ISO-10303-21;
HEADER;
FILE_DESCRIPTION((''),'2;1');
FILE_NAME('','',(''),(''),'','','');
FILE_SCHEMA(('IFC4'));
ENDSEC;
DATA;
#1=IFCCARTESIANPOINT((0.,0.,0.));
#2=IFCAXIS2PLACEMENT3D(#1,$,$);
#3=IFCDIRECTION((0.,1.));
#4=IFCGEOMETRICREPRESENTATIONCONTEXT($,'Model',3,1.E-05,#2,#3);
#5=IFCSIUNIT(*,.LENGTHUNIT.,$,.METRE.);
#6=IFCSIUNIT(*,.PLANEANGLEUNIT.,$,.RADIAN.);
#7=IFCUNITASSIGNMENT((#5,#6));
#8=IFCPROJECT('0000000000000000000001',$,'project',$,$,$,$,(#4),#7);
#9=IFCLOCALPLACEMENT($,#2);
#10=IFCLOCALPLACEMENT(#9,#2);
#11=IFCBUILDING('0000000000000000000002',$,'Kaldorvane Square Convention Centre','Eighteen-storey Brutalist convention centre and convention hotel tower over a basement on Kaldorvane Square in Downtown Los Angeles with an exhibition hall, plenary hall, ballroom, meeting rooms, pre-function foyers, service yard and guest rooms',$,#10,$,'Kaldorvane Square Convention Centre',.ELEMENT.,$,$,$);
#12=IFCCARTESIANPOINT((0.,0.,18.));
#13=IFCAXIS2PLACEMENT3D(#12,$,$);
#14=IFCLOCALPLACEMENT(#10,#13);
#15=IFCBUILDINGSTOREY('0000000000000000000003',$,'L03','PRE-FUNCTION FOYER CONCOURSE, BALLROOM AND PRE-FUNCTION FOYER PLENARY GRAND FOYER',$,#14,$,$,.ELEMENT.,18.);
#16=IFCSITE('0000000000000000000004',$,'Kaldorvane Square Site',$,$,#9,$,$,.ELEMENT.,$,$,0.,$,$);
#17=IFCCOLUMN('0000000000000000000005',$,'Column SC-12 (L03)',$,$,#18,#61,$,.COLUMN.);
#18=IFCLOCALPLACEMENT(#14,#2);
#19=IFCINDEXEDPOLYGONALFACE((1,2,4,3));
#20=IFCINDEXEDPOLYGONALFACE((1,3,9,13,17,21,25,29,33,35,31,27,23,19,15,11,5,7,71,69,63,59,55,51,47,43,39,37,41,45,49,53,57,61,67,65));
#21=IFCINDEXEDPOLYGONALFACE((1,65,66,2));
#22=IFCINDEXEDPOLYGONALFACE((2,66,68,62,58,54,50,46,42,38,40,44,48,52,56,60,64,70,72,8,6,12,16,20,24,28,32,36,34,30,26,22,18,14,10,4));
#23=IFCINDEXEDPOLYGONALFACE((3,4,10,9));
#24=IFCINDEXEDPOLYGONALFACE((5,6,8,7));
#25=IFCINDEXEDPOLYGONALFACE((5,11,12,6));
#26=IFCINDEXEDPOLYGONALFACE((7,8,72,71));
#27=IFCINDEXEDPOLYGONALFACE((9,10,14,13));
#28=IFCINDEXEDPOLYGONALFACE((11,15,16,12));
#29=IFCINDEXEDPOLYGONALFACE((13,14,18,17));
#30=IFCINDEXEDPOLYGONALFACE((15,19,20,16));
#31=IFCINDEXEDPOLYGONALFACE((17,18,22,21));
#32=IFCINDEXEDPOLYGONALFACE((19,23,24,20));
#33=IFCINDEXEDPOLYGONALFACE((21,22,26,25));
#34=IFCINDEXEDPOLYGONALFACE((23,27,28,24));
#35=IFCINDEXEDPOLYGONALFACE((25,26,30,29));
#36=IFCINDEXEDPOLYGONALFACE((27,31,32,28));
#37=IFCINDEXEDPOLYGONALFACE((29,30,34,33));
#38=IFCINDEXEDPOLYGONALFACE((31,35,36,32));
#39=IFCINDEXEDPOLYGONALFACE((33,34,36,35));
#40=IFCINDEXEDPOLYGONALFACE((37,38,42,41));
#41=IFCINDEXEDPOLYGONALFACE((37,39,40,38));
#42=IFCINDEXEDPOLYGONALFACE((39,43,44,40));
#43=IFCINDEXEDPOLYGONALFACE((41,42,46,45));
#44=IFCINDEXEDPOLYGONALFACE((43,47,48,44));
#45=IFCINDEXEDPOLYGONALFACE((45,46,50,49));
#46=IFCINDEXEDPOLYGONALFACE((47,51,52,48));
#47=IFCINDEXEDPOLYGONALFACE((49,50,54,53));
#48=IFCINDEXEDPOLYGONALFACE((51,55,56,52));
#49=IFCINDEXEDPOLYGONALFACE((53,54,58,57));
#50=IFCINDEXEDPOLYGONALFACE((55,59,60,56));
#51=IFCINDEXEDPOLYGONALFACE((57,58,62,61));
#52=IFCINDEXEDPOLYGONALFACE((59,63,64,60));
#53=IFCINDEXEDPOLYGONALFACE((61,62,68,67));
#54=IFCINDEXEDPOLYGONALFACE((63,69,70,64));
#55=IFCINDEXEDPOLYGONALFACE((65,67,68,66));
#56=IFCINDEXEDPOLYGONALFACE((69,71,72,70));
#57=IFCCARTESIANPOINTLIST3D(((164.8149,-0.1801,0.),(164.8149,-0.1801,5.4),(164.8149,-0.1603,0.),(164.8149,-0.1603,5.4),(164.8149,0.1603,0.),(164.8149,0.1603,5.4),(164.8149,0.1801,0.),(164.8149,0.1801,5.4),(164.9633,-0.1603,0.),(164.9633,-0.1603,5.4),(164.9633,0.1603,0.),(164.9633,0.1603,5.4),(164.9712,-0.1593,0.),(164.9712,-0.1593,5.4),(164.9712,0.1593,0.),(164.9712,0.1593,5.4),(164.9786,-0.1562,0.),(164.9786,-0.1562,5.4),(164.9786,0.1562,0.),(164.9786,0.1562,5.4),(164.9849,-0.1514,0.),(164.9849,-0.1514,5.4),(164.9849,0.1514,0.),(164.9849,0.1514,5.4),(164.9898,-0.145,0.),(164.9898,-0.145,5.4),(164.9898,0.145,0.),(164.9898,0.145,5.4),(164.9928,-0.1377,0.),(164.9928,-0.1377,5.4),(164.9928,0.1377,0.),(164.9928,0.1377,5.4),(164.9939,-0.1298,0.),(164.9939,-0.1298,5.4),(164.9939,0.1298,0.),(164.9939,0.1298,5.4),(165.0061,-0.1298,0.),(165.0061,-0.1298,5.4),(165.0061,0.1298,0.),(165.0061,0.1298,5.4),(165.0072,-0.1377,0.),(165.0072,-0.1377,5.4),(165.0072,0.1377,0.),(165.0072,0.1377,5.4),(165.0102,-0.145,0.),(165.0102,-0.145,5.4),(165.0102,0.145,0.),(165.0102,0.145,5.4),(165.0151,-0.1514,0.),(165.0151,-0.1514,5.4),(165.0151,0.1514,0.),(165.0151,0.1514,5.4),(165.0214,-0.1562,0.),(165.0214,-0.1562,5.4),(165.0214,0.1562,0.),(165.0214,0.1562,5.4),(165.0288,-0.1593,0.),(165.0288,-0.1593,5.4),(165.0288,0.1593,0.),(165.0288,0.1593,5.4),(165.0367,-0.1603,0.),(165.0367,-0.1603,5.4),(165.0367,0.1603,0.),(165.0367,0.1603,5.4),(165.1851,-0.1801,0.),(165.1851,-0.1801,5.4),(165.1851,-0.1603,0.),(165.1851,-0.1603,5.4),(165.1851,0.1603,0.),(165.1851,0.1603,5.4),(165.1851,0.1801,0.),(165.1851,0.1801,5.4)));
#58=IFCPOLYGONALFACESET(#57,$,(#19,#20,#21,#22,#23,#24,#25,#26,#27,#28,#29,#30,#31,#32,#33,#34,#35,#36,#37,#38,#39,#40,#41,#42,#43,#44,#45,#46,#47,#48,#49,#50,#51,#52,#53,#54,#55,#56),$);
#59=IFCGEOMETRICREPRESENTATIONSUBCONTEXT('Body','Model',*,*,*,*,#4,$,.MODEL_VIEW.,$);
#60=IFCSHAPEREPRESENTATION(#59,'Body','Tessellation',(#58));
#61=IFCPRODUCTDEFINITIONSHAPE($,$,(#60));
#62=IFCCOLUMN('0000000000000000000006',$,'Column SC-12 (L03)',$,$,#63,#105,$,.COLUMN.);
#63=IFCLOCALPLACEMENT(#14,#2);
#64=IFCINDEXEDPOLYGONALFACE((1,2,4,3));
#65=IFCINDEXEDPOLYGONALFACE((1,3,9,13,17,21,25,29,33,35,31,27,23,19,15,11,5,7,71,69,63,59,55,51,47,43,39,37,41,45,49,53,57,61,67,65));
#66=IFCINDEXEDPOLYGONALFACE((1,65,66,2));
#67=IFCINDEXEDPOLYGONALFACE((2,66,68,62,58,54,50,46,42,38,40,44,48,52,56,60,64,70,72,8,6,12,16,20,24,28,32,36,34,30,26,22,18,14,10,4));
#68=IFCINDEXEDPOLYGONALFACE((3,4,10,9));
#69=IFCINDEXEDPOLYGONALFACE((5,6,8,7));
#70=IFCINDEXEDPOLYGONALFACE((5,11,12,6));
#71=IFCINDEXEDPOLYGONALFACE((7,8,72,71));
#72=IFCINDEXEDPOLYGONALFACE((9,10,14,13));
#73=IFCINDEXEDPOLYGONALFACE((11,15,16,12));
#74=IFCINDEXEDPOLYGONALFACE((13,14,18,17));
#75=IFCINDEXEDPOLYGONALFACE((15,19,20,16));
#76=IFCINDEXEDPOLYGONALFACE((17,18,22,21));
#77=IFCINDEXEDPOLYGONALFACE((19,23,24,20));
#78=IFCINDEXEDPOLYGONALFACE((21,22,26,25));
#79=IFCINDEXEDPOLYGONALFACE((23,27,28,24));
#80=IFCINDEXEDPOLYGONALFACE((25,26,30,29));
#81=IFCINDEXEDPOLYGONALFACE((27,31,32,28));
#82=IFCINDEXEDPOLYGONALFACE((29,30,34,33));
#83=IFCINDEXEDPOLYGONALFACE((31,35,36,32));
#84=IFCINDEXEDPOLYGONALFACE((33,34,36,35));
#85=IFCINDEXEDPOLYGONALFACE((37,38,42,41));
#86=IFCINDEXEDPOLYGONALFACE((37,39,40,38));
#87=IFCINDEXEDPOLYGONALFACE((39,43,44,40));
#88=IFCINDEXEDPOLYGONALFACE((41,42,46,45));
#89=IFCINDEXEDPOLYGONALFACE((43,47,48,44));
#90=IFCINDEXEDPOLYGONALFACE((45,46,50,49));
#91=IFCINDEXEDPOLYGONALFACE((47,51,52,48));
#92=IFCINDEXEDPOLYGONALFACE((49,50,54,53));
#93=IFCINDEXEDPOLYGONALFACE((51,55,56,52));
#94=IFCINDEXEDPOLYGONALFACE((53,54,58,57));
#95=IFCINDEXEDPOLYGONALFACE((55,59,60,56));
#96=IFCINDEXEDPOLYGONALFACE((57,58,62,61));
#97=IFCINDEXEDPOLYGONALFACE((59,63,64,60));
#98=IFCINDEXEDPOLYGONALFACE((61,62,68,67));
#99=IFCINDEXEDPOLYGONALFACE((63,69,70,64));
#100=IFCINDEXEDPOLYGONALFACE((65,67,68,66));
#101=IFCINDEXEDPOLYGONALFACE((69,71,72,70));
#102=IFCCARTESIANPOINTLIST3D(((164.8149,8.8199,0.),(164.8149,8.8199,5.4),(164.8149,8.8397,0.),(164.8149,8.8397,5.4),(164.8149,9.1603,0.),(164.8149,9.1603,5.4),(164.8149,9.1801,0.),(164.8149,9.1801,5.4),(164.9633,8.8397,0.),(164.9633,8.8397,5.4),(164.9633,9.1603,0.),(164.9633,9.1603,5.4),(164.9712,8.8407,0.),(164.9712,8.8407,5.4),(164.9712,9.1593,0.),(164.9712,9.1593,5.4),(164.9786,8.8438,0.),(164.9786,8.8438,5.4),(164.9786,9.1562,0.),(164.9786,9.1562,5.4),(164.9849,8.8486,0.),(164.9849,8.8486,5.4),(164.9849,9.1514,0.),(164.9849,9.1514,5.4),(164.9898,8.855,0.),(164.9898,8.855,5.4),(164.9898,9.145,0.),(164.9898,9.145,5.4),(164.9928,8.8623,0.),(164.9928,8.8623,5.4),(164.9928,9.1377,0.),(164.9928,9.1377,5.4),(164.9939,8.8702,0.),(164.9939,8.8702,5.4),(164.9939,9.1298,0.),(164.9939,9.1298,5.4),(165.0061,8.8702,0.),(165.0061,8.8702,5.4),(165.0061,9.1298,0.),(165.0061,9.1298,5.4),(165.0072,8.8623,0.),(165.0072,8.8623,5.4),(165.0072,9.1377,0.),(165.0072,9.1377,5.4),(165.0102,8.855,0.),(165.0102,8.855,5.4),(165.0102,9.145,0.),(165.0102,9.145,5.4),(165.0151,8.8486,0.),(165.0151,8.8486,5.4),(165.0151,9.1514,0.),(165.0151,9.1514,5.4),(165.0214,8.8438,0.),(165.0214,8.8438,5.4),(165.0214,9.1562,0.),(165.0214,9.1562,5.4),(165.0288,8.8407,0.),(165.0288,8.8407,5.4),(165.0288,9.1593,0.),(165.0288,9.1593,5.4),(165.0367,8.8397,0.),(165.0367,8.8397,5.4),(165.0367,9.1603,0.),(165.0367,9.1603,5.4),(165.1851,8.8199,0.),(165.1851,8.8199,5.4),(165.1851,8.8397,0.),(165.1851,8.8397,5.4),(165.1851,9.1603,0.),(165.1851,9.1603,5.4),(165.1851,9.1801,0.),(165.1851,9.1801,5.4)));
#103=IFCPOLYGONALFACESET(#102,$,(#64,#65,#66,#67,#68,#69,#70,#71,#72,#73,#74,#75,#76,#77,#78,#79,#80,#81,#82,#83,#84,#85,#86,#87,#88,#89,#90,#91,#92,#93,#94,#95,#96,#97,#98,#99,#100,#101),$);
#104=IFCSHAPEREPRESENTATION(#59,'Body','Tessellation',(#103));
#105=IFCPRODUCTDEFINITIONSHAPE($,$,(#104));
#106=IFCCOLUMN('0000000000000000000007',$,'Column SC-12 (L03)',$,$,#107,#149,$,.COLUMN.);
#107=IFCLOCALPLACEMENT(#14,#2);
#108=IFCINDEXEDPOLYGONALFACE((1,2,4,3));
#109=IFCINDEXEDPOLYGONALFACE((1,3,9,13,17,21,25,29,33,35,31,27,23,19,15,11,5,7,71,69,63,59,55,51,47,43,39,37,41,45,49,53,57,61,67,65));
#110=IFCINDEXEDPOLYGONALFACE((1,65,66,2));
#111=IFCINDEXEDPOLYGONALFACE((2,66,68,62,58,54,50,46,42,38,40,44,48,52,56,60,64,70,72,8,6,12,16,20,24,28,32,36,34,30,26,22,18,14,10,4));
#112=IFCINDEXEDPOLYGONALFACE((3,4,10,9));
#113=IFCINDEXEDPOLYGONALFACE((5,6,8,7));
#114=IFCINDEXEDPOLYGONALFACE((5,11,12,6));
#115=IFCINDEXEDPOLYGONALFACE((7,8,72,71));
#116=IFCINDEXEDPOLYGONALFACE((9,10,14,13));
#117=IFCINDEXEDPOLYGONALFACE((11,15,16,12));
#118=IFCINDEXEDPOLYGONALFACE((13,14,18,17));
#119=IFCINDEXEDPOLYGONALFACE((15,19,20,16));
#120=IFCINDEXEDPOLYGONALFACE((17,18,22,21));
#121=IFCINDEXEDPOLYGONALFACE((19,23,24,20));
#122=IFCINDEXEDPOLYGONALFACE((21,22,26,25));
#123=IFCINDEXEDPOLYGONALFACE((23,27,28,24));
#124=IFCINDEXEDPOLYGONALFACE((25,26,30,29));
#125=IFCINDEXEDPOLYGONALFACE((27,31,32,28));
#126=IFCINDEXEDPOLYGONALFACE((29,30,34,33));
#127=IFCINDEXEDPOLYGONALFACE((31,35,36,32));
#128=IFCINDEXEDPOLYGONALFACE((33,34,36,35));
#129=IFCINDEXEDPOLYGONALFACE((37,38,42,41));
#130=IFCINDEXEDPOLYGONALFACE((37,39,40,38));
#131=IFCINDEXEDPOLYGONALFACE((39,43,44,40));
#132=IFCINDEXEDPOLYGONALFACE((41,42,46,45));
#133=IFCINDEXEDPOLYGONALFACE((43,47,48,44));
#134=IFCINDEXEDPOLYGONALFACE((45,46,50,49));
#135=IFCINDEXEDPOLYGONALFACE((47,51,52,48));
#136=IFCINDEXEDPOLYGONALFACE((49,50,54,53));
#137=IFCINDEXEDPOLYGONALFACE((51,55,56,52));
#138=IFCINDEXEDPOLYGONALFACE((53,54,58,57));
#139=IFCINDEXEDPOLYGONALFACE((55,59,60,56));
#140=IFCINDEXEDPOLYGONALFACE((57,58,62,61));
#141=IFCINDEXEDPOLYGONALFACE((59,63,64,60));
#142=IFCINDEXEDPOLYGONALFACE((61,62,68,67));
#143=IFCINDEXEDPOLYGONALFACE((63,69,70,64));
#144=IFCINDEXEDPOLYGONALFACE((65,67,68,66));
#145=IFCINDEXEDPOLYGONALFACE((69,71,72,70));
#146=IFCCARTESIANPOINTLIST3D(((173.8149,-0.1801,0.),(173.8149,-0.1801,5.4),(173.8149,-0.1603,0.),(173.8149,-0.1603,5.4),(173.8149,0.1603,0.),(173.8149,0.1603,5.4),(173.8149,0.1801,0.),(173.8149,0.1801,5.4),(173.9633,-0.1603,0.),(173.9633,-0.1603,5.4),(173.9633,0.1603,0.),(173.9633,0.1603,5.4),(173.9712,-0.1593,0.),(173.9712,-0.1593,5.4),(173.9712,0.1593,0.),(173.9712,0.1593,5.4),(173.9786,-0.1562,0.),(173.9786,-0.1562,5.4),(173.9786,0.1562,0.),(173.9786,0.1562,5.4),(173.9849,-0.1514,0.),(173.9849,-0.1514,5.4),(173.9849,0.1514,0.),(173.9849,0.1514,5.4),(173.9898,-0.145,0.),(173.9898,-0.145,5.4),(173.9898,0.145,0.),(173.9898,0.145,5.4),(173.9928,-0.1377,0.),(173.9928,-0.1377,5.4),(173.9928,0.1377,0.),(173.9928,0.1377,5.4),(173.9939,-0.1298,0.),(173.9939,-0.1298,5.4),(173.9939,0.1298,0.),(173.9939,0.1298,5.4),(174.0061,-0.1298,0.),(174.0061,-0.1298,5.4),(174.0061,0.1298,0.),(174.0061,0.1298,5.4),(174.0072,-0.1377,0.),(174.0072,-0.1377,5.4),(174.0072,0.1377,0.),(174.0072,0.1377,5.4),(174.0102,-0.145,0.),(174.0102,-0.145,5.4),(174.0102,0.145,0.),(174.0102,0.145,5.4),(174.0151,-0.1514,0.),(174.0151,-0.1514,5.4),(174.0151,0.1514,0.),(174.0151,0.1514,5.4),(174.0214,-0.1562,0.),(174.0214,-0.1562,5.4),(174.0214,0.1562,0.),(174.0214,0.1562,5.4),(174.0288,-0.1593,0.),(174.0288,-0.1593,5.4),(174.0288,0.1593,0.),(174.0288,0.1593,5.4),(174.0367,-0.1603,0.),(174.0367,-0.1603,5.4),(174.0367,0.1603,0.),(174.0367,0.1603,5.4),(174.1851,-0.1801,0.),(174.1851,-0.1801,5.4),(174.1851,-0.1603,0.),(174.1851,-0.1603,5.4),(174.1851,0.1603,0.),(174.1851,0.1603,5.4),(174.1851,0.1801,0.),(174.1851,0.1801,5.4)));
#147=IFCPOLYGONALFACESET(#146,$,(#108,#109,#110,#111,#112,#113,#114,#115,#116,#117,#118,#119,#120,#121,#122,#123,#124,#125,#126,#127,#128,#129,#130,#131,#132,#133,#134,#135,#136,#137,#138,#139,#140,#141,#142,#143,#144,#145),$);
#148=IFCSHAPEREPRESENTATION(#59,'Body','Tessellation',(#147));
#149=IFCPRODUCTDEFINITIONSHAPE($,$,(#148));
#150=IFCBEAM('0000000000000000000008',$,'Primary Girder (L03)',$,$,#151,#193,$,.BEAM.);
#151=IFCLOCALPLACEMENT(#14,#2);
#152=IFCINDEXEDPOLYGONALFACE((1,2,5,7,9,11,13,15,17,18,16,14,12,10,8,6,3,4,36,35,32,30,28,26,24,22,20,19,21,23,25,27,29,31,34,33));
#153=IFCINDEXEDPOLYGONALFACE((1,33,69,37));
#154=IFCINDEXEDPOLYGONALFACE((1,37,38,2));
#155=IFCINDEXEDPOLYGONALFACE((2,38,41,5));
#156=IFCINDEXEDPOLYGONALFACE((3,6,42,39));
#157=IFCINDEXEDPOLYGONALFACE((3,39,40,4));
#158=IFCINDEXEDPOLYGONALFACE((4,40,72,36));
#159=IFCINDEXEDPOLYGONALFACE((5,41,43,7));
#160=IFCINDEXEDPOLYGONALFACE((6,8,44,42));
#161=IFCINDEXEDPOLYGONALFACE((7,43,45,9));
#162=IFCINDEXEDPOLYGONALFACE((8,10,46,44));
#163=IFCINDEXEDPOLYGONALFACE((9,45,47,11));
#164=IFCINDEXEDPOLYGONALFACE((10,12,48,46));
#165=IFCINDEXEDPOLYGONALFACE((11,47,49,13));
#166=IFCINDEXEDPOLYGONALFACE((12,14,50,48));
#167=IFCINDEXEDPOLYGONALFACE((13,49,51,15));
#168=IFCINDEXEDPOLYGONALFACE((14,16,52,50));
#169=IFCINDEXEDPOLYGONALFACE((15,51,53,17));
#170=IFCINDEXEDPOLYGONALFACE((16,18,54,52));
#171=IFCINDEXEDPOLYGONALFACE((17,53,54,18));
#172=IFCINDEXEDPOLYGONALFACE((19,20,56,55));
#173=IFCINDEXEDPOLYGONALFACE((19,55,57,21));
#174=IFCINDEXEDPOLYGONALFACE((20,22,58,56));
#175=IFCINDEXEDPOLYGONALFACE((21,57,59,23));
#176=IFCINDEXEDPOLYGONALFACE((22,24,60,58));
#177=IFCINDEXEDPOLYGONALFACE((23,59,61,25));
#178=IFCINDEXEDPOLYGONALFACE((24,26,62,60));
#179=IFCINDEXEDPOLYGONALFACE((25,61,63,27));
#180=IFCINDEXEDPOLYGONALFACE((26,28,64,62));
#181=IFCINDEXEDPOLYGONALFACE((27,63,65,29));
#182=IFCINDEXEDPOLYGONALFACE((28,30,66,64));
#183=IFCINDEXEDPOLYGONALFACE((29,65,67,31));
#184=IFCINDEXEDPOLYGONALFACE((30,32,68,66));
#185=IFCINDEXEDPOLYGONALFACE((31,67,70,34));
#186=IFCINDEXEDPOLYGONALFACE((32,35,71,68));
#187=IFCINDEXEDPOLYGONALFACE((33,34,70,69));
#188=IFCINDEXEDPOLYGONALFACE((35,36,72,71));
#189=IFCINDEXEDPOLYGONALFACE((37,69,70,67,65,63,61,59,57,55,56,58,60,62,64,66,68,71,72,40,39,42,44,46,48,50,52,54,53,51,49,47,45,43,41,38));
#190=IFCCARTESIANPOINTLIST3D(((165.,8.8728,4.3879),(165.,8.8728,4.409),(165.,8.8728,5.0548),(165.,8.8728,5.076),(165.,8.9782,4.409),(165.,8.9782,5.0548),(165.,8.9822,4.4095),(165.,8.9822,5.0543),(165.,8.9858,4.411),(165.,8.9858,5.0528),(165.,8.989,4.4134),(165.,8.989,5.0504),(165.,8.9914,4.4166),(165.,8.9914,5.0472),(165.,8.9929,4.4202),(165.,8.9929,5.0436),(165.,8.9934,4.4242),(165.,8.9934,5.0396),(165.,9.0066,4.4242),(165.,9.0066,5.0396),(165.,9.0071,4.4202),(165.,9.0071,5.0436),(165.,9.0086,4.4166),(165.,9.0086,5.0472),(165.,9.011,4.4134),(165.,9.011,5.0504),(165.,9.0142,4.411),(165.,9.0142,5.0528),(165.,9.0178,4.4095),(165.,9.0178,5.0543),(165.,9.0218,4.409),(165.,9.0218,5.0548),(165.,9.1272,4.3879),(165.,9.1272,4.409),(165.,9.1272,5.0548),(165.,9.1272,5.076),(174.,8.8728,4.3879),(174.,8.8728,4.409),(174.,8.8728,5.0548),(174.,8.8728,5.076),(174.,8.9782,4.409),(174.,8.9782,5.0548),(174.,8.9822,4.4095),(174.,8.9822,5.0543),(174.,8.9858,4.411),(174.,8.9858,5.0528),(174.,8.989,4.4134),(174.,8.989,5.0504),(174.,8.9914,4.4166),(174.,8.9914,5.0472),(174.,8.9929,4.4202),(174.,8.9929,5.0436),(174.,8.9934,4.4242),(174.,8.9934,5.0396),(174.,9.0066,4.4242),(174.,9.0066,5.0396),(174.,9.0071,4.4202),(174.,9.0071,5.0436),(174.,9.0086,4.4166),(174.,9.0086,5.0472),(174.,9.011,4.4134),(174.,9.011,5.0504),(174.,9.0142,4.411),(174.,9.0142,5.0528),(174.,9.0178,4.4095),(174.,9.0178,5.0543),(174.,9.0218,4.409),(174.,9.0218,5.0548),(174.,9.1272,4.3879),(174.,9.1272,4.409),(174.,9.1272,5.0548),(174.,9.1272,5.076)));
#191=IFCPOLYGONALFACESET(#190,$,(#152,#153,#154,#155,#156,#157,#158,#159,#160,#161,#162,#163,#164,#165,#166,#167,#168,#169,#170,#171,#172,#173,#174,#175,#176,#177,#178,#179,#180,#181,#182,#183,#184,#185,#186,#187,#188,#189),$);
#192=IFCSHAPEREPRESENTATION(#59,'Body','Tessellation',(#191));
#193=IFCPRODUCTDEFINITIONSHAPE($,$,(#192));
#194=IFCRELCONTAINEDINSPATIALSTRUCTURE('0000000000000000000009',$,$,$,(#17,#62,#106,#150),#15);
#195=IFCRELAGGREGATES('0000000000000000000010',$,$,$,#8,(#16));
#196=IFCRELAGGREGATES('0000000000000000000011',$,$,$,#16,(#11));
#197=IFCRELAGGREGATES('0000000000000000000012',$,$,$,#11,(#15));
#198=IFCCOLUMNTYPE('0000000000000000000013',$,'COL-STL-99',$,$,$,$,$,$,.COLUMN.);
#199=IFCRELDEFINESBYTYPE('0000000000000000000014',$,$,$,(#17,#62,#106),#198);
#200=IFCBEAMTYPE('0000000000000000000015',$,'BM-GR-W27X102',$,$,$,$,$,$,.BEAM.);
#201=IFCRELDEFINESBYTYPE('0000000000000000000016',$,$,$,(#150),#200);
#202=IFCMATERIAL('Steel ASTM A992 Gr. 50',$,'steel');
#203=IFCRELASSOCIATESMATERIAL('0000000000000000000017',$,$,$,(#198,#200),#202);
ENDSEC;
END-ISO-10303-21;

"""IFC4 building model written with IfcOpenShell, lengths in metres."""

from ifc_helpers import new_model, si_unit, direction, frame, origin, origin_2d, place, context, subcontext, project, spatial, i_section, extrude, material, material_profile, profile_set, type_object, element, save


model = new_model("IFC4")

# Units and contexts
model_context = context("Model", 3, precision=1e-05, world=origin(), true_north=direction((0.0, 1.0)))
body_context = subcontext(model_context, "Body", "Model", "MODEL_VIEW")
ifc_project = project(units=[si_unit("LENGTHUNIT", "METRE"), si_unit("PLANEANGLEUNIT", "RADIAN")], contexts=[model_context])

# Site, building, storey
site_placement = place(None, origin())
site = spatial("IfcSite", under=ifc_project, at=site_placement, Name="Kaldorvane Square Site", CompositionType="ELEMENT", RefElevation=0.0)
building_placement = place(site_placement, origin())
building = spatial("IfcBuilding", under=site, at=building_placement, Name="Kaldorvane Square Convention Centre", Description="Eighteen-storey Brutalist convention centre and convention hotel tower over a basement on Kaldorvane Square in Downtown Los Angeles with an exhibition hall, plenary hall, ballroom, meeting rooms, pre-function foyers, service yard and guest rooms", LongName="Kaldorvane Square Convention Centre", CompositionType="ELEMENT")
storey_placement = place(building_placement, frame((0.0, 0.0, 18.0)))
storey = spatial("IfcBuildingStorey", under=building, at=storey_placement, Name="L03", Description="PRE-FUNCTION FOYER CONCOURSE, BALLROOM AND PRE-FUNCTION FOYER PLENARY GRAND FOYER", CompositionType="ELEMENT", Elevation=18.0)

# Columns
ifc_material_1 = material(Name="Steel ASTM A992 Gr. 50", Category="steel")
ifc_material_profile_1 = material_profile(ifc_material_1, i_section(OverallWidth=0.3701, OverallDepth=0.3602, WebThickness=0.0123, FlangeThickness=0.0198, FilletRadius=0.0305, at=origin_2d()), Name="W14X99")
ifc_profile_set_1 = profile_set([ifc_material_profile_1], Name="Steel ASTM A992 Gr. 50")
column_type = type_object("IfcColumnType", Name="COL-STL-99", PredefinedType="COLUMN", material=ifc_profile_set_1)
for number, where, z_axis, x_axis, name in (
    (1, (165.0, 0.0, 0.0), (0.0, 0.0, 1.0), (1.0, 0.0, 0.0), "Column SC-12 (L03)"),
    (2, (165.0, 9.0, 0.0), (0.0, 0.0, 1.0), (1.0, 0.0, 0.0), "Column SC-12 (L03)"),
    (3, (174.0, 0.0, 0.0), (0.0, 0.0, 1.0), (1.0, 0.0, 0.0), "Column SC-12 (L03)"),
):
    element("IfcColumn", number, at=place(storey_placement, frame(where, z_axis=z_axis, x_axis=x_axis)), inside=storey, type_object=column_type, Name=name, PredefinedType="COLUMN", context=body_context, shape_type="SweptSolid", body=[
        extrude(i_section(OverallWidth=0.3701, OverallDepth=0.3602, WebThickness=0.0123, FlangeThickness=0.0198, FilletRadius=0.0305, at=origin_2d()), origin(), (0.0, 0.0, 1.0), 5.4),
    ])

# Beam
ifc_material_profile_2 = material_profile(ifc_material_1, i_section(OverallWidth=0.2544, OverallDepth=0.6881, WebThickness=0.0131, FlangeThickness=0.0211, FilletRadius=0.0152, at=origin_2d()), Name="W27X102")
ifc_profile_set_2 = profile_set([ifc_material_profile_2], Name="Steel ASTM A992 Gr. 50")
beam_type_1 = type_object("IfcBeamType", Name="BM-GR-W27X102", PredefinedType="BEAM", material=ifc_profile_set_2)
beam_1_placement = place(storey_placement, frame((165.0, 9.0, 4.7319), z_axis=(1.0, 0.0, 0.0), x_axis=(0.0, 1.0, 0.0)))
element("IfcBeam", 4, at=beam_1_placement, inside=storey, type_object=beam_type_1, Name="Primary Girder (L03)", PredefinedType="BEAM", context=body_context, shape_type="SweptSolid", body=[
    extrude(i_section(OverallWidth=0.2544, OverallDepth=0.6881, WebThickness=0.0131, FlangeThickness=0.0211, FilletRadius=0.0152, at=origin_2d()), origin(), (0.0, 0.0, 1.0), 9.0),
])

save(model, "model.ifc")
